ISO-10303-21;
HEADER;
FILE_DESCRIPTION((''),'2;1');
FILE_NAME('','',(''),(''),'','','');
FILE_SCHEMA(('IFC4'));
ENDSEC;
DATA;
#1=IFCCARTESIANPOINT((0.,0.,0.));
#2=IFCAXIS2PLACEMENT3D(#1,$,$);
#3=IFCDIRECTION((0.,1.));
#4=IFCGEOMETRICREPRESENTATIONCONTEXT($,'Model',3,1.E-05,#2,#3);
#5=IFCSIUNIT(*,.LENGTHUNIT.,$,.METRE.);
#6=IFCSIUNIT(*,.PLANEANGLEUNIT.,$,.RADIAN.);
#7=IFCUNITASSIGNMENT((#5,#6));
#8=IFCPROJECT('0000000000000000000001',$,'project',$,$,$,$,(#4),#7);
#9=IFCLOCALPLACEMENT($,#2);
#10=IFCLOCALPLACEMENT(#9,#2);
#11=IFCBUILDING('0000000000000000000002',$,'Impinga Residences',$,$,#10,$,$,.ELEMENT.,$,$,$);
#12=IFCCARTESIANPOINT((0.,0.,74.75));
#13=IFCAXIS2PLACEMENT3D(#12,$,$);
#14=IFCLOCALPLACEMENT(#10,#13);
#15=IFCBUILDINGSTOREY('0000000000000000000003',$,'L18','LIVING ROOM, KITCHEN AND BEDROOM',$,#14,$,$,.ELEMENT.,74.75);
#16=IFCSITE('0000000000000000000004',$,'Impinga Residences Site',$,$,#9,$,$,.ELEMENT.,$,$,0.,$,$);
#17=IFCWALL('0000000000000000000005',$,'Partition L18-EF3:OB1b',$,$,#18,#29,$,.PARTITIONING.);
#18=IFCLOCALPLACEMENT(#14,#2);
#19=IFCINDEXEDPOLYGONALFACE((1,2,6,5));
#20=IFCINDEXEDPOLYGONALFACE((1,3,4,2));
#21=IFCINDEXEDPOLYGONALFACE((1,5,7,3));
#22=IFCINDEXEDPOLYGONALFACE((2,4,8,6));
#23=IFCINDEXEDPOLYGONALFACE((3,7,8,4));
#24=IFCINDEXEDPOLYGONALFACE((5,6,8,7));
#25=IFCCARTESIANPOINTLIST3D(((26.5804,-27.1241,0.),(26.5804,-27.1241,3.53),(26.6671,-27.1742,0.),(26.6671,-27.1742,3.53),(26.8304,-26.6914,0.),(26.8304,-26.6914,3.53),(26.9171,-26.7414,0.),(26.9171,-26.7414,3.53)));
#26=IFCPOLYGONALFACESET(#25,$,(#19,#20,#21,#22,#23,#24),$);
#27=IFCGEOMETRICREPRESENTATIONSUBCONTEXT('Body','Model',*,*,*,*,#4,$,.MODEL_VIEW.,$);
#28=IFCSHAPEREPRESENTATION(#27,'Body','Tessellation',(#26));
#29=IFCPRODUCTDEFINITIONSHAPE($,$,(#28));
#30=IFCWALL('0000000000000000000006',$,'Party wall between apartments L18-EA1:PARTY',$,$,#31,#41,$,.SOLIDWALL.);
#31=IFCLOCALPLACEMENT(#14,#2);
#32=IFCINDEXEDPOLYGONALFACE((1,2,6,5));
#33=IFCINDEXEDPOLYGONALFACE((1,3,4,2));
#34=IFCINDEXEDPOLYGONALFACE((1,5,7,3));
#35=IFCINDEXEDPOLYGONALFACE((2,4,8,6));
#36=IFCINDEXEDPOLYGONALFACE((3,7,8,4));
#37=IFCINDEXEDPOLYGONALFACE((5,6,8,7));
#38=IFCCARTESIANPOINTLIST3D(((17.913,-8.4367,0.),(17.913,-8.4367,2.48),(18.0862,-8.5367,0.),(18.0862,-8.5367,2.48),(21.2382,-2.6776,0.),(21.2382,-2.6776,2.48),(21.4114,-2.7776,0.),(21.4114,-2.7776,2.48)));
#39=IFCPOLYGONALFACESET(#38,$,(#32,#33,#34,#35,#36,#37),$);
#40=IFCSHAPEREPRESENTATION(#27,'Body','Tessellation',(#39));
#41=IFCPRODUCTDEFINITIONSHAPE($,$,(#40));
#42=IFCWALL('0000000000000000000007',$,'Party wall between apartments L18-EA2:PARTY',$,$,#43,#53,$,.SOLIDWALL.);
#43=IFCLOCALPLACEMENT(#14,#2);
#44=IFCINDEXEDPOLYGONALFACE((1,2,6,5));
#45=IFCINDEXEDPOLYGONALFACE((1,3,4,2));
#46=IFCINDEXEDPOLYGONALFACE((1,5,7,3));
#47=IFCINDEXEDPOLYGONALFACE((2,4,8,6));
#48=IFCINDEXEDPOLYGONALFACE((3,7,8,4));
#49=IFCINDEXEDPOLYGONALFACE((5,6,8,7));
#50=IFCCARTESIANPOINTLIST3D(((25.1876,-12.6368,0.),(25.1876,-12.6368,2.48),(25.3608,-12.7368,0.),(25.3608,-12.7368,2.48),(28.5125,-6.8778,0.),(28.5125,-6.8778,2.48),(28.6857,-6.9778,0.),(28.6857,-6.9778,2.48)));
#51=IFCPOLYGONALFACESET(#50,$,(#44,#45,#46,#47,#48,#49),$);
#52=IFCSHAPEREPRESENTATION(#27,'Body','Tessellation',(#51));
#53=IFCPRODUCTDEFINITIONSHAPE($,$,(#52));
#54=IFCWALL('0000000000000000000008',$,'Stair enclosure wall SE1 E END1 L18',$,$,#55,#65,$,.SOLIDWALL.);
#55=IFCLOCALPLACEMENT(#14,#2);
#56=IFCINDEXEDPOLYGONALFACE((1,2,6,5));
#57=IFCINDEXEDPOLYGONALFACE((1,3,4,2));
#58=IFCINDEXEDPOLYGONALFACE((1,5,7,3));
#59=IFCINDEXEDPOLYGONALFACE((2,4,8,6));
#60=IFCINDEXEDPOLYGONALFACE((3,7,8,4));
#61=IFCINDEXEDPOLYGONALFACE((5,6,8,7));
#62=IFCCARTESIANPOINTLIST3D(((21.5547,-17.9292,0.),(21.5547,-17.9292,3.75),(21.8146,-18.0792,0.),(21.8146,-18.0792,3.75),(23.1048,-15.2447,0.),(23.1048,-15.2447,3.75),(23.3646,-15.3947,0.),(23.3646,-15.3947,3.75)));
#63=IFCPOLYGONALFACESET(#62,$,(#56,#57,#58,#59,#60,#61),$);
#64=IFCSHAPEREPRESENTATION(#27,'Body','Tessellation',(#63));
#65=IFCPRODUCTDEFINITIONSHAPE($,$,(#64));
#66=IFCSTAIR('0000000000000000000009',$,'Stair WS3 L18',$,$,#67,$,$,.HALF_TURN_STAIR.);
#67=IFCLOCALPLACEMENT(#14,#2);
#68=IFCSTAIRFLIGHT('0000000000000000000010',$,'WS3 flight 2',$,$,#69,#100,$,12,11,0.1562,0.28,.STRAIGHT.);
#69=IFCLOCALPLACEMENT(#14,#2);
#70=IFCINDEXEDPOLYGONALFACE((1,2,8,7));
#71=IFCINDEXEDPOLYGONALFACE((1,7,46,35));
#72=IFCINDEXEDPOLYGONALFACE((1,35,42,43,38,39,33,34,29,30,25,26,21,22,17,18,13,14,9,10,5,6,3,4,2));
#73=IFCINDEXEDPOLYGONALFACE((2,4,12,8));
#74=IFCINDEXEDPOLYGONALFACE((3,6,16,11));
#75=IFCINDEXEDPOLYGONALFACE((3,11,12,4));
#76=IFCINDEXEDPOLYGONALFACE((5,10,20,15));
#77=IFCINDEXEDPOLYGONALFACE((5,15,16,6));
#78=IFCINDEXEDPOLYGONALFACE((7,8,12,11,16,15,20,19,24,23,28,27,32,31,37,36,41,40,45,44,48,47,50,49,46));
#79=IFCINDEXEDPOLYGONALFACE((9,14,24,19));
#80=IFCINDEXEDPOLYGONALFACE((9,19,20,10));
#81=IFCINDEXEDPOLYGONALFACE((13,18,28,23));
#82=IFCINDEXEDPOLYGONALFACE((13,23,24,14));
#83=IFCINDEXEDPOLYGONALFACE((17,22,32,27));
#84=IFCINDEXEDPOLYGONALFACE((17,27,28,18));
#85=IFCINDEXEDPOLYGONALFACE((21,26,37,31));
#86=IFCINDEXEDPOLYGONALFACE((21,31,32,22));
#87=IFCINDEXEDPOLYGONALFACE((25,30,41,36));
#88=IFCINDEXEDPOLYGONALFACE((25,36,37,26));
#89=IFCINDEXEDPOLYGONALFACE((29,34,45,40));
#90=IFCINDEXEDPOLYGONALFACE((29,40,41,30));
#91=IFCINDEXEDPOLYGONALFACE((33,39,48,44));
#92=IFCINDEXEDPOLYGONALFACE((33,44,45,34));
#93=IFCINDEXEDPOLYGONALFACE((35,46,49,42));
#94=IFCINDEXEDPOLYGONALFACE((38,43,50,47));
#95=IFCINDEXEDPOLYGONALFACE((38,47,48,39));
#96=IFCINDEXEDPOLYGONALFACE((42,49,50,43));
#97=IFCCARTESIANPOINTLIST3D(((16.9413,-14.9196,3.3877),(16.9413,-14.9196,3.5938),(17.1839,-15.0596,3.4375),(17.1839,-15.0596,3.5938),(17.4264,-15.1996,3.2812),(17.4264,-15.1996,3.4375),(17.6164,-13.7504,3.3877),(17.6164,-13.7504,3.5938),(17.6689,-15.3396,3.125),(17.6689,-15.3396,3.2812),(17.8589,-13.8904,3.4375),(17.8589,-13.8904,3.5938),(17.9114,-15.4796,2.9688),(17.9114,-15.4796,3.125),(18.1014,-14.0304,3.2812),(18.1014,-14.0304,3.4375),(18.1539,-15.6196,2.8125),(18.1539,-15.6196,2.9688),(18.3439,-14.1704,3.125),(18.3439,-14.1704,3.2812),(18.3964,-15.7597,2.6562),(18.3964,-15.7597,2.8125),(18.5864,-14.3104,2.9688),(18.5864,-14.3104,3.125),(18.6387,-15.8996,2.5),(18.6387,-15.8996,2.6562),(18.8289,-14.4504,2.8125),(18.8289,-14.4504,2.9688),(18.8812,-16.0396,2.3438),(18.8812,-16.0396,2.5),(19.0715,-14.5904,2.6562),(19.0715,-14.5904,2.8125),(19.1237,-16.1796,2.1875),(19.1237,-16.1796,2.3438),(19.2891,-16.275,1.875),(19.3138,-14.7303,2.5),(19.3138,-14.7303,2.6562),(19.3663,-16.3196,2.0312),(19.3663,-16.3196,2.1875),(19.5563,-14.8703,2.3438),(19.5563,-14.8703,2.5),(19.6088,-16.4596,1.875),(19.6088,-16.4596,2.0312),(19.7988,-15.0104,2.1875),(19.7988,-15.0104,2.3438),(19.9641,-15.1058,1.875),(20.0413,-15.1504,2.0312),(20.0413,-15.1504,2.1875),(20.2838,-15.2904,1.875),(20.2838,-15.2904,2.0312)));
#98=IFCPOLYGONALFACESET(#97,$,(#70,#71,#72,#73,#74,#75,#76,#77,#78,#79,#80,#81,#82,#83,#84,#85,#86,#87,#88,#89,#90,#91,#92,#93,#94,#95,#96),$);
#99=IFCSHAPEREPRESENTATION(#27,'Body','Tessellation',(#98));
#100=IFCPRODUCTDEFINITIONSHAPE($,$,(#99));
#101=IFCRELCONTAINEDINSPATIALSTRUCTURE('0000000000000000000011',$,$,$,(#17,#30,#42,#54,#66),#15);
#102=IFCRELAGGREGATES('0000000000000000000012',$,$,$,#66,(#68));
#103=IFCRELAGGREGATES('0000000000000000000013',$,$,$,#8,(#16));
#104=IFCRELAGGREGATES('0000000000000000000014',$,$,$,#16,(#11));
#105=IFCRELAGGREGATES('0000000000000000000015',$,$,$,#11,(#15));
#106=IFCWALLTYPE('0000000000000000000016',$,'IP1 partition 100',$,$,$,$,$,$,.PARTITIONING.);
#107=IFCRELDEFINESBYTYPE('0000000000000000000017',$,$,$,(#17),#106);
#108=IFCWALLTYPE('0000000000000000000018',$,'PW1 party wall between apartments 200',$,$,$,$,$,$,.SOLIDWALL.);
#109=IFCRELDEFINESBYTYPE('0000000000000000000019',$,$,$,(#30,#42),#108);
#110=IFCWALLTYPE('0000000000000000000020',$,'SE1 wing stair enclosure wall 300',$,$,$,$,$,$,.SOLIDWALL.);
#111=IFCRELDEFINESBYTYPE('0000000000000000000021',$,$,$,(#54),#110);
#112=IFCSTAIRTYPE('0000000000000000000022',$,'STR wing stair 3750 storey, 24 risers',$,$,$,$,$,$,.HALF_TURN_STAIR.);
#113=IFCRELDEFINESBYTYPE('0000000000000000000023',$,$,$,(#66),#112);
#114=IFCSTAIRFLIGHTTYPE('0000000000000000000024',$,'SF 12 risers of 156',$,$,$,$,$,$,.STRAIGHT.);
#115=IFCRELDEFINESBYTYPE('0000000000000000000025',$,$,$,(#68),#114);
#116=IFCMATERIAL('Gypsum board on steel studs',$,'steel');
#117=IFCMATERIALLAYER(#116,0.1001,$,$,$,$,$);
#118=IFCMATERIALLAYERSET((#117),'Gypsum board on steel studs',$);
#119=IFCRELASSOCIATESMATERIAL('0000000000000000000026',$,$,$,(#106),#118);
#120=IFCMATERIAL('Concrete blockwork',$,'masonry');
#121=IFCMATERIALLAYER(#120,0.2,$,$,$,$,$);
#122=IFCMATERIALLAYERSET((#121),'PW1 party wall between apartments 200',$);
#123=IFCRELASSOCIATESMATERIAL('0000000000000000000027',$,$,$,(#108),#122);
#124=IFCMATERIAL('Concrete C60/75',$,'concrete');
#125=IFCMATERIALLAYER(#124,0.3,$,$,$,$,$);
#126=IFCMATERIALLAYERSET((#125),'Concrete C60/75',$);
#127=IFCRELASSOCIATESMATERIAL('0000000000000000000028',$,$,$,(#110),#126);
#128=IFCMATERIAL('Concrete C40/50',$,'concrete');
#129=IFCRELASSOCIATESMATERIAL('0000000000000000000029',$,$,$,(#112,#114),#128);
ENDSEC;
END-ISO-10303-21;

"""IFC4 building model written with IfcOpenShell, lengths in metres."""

from ifc_helpers import new_model, si_unit, direction, frame, frame_2d, origin, place, context, subcontext, project, spatial, polyline, rectangle, outline, extrude, material, layer, layer_set, type_object, element, aggregate, save


model = new_model("IFC4")

# Units and contexts
model_context = context("Model", 3, precision=1e-05, world=origin(), true_north=direction((0.0, 1.0)))
body_context = subcontext(model_context, "Body", "Model", "MODEL_VIEW")
ifc_project = project(units=[si_unit("LENGTHUNIT", "METRE"), si_unit("PLANEANGLEUNIT", "RADIAN")], contexts=[model_context])

# Site, building, storey
site_placement = place(None, origin())
site = spatial("IfcSite", under=ifc_project, at=site_placement, Name="Impinga Residences Site", CompositionType="ELEMENT", RefElevation=0.0)
building_placement = place(site_placement, origin())
building = spatial("IfcBuilding", under=site, at=building_placement, Name="Impinga Residences", CompositionType="ELEMENT")
storey_placement = place(building_placement, frame((0.0, 0.0, 74.75)))
storey = spatial("IfcBuildingStorey", under=building, at=storey_placement, Name="L18", Description="LIVING ROOM, KITCHEN AND BEDROOM", CompositionType="ELEMENT", Elevation=74.75)

# Shared definitions
ifc_material_1 = material(Name="Concrete C60/75", Category="concrete")

# Shared definitions
ifc_material_2 = material(Name="Gypsum board on steel studs", Category="steel")
ifc_layer_1 = layer(ifc_material_2, 0.1001)
ifc_layer_set_1 = layer_set([ifc_layer_1], Name="Gypsum board on steel studs")
wall_type_1 = type_object("IfcWallType", Name="IP1 partition 100", PredefinedType="PARTITIONING", material=ifc_layer_set_1)

# Walls
wall_1_placement = place(storey_placement, frame((26.8738, -26.7163, 0.0), z_axis=(0.0, 0.0, 1.0), x_axis=(-0.500131, -0.86595, 0.0)))
element("IfcWall", 1, at=wall_1_placement, inside=storey, type_object=wall_type_1, Name="Partition L18-EF3:OB1b", PredefinedType="PARTITIONING", context=body_context, shape_type="SweptSolid", body=[
    extrude(rectangle(XDim=0.4998, YDim=0.1001, at=frame_2d((0.25, 0.0))), origin(), (0.0, 0.0, 1.0), 3.53),
])
ifc_material_3 = material(Name="Concrete blockwork", Category="masonry")
ifc_layer_2 = layer(ifc_material_3, 0.2)
ifc_layer_set_2 = layer_set([ifc_layer_2], Name="PW1 party wall between apartments 200")
wall_type_2 = type_object("IfcWallType", Name="PW1 party wall between apartments 200", PredefinedType="SOLIDWALL", material=ifc_layer_set_2)
wall_2_placement = place(storey_placement, frame((17.9995, -8.4868, 0.0), z_axis=(0.0, 0.0, 1.0), x_axis=(0.500024, 0.866011, 0.0)))
element("IfcWall", 2, at=wall_2_placement, inside=storey, type_object=wall_type_2, Name="Party wall between apartments L18-EA1:PARTY", PredefinedType="SOLIDWALL", context=body_context, shape_type="SweptSolid", body=[
    extrude(rectangle(XDim=6.6501, YDim=0.2, at=frame_2d((3.3252, 0.0))), origin(), (0.0, 0.0, 1.0), 2.48),
])
wall_3_placement = place(storey_placement, frame((25.2742, -12.6868, 0.0), z_axis=(0.0, 0.0, 1.0), x_axis=(0.499997, 0.866027, 0.0)))
element("IfcWall", 3, at=wall_3_placement, inside=storey, type_object=wall_type_2, Name="Party wall between apartments L18-EA2:PARTY", PredefinedType="SOLIDWALL", context=body_context, shape_type="SweptSolid", body=[
    extrude(rectangle(XDim=6.6499, YDim=0.2, at=frame_2d((3.325, 0.0))), origin(), (0.0, 0.0, 1.0), 2.48),
])
ifc_layer_3 = layer(ifc_material_1, 0.3)
ifc_layer_set_3 = layer_set([ifc_layer_3], Name="Concrete C60/75")
wall_type_3 = type_object("IfcWallType", Name="SE1 wing stair enclosure wall 300", PredefinedType="SOLIDWALL", material=ifc_layer_set_3)
wall_4_placement = place(storey_placement, frame((23.2346, -15.3198, 0.0), z_axis=(0.0, 0.0, 1.0), x_axis=(-0.500027, -0.86601, 0.0)))
element("IfcWall", 4, at=wall_4_placement, inside=storey, type_object=wall_type_3, Name="Stair enclosure wall SE1 E END1 L18", PredefinedType="SOLIDWALL", context=body_context, shape_type="SweptSolid", body=[
    extrude(rectangle(XDim=3.0999, YDim=0.3, at=frame_2d((1.5498, 0.0))), origin(), (0.0, 0.0, 1.0), 3.75),
])

# Stair, stair flight
ifc_material_4 = material(Name="Concrete C40/50", Category="concrete")
stair_type = type_object("IfcStairType", Name="STR wing stair 3750 storey, 24 risers", PredefinedType="HALF_TURN_STAIR", material=ifc_material_4)
stair_placement = place(storey_placement, origin())
stair = element("IfcStair", 5, at=stair_placement, inside=storey, type_object=stair_type, Name="Stair WS3 L18", PredefinedType="HALF_TURN_STAIR")
stair_flight_type = type_object("IfcStairFlightType", Name="SF 12 risers of 156", PredefinedType="STRAIGHT", material=ifc_material_4)
stair_flight_placement = place(storey_placement, frame((19.9463, -15.875, 1.875), z_axis=(0.0, 0.0, 1.0), x_axis=(-0.866025, 0.5, 0.0)))
stair_flight = element("IfcStairFlight", 6, at=stair_flight_placement, type_object=stair_flight_type, Name="WS3 flight 2", NumberOfRisers=12, NumberOfTreads=11, PredefinedType="STRAIGHT", RiserHeight=0.1562, TreadLength=0.28, context=body_context, shape_type="SweptSolid", body=[
    extrude(outline(polyline([(0.0, 0.0), (0.0, 0.1562), (0.28, 0.1562), (0.28, 0.3125), (0.5601, 0.3125), (0.5601, 0.4688), (0.8401, 0.4688), (0.8401, 0.625), (1.1201, 0.625), (1.1201, 0.7812), (1.3999, 0.7812), (1.3999, 0.9375), (1.6799, 0.9375), (1.6799, 1.0938), (1.96, 1.0938), (1.96, 1.25), (2.24, 1.25), (2.24, 1.4062), (2.52, 1.4062), (2.52, 1.5625), (2.8, 1.5625), (2.8, 1.7188), (3.0801, 1.7188), (3.0801, 1.875), (3.0801, 1.5127), (0.3691, 0.0), (0.0, 0.0)])), frame((0.0, 0.675, 0.0), z_axis=(0.0, -1.0, 0.0), x_axis=(1.0, 0.0, 0.0)), (0.0, 0.0, 1.0), 1.3501),
])
aggregate(stair, [stair_flight])

save(model, "model.ifc")
